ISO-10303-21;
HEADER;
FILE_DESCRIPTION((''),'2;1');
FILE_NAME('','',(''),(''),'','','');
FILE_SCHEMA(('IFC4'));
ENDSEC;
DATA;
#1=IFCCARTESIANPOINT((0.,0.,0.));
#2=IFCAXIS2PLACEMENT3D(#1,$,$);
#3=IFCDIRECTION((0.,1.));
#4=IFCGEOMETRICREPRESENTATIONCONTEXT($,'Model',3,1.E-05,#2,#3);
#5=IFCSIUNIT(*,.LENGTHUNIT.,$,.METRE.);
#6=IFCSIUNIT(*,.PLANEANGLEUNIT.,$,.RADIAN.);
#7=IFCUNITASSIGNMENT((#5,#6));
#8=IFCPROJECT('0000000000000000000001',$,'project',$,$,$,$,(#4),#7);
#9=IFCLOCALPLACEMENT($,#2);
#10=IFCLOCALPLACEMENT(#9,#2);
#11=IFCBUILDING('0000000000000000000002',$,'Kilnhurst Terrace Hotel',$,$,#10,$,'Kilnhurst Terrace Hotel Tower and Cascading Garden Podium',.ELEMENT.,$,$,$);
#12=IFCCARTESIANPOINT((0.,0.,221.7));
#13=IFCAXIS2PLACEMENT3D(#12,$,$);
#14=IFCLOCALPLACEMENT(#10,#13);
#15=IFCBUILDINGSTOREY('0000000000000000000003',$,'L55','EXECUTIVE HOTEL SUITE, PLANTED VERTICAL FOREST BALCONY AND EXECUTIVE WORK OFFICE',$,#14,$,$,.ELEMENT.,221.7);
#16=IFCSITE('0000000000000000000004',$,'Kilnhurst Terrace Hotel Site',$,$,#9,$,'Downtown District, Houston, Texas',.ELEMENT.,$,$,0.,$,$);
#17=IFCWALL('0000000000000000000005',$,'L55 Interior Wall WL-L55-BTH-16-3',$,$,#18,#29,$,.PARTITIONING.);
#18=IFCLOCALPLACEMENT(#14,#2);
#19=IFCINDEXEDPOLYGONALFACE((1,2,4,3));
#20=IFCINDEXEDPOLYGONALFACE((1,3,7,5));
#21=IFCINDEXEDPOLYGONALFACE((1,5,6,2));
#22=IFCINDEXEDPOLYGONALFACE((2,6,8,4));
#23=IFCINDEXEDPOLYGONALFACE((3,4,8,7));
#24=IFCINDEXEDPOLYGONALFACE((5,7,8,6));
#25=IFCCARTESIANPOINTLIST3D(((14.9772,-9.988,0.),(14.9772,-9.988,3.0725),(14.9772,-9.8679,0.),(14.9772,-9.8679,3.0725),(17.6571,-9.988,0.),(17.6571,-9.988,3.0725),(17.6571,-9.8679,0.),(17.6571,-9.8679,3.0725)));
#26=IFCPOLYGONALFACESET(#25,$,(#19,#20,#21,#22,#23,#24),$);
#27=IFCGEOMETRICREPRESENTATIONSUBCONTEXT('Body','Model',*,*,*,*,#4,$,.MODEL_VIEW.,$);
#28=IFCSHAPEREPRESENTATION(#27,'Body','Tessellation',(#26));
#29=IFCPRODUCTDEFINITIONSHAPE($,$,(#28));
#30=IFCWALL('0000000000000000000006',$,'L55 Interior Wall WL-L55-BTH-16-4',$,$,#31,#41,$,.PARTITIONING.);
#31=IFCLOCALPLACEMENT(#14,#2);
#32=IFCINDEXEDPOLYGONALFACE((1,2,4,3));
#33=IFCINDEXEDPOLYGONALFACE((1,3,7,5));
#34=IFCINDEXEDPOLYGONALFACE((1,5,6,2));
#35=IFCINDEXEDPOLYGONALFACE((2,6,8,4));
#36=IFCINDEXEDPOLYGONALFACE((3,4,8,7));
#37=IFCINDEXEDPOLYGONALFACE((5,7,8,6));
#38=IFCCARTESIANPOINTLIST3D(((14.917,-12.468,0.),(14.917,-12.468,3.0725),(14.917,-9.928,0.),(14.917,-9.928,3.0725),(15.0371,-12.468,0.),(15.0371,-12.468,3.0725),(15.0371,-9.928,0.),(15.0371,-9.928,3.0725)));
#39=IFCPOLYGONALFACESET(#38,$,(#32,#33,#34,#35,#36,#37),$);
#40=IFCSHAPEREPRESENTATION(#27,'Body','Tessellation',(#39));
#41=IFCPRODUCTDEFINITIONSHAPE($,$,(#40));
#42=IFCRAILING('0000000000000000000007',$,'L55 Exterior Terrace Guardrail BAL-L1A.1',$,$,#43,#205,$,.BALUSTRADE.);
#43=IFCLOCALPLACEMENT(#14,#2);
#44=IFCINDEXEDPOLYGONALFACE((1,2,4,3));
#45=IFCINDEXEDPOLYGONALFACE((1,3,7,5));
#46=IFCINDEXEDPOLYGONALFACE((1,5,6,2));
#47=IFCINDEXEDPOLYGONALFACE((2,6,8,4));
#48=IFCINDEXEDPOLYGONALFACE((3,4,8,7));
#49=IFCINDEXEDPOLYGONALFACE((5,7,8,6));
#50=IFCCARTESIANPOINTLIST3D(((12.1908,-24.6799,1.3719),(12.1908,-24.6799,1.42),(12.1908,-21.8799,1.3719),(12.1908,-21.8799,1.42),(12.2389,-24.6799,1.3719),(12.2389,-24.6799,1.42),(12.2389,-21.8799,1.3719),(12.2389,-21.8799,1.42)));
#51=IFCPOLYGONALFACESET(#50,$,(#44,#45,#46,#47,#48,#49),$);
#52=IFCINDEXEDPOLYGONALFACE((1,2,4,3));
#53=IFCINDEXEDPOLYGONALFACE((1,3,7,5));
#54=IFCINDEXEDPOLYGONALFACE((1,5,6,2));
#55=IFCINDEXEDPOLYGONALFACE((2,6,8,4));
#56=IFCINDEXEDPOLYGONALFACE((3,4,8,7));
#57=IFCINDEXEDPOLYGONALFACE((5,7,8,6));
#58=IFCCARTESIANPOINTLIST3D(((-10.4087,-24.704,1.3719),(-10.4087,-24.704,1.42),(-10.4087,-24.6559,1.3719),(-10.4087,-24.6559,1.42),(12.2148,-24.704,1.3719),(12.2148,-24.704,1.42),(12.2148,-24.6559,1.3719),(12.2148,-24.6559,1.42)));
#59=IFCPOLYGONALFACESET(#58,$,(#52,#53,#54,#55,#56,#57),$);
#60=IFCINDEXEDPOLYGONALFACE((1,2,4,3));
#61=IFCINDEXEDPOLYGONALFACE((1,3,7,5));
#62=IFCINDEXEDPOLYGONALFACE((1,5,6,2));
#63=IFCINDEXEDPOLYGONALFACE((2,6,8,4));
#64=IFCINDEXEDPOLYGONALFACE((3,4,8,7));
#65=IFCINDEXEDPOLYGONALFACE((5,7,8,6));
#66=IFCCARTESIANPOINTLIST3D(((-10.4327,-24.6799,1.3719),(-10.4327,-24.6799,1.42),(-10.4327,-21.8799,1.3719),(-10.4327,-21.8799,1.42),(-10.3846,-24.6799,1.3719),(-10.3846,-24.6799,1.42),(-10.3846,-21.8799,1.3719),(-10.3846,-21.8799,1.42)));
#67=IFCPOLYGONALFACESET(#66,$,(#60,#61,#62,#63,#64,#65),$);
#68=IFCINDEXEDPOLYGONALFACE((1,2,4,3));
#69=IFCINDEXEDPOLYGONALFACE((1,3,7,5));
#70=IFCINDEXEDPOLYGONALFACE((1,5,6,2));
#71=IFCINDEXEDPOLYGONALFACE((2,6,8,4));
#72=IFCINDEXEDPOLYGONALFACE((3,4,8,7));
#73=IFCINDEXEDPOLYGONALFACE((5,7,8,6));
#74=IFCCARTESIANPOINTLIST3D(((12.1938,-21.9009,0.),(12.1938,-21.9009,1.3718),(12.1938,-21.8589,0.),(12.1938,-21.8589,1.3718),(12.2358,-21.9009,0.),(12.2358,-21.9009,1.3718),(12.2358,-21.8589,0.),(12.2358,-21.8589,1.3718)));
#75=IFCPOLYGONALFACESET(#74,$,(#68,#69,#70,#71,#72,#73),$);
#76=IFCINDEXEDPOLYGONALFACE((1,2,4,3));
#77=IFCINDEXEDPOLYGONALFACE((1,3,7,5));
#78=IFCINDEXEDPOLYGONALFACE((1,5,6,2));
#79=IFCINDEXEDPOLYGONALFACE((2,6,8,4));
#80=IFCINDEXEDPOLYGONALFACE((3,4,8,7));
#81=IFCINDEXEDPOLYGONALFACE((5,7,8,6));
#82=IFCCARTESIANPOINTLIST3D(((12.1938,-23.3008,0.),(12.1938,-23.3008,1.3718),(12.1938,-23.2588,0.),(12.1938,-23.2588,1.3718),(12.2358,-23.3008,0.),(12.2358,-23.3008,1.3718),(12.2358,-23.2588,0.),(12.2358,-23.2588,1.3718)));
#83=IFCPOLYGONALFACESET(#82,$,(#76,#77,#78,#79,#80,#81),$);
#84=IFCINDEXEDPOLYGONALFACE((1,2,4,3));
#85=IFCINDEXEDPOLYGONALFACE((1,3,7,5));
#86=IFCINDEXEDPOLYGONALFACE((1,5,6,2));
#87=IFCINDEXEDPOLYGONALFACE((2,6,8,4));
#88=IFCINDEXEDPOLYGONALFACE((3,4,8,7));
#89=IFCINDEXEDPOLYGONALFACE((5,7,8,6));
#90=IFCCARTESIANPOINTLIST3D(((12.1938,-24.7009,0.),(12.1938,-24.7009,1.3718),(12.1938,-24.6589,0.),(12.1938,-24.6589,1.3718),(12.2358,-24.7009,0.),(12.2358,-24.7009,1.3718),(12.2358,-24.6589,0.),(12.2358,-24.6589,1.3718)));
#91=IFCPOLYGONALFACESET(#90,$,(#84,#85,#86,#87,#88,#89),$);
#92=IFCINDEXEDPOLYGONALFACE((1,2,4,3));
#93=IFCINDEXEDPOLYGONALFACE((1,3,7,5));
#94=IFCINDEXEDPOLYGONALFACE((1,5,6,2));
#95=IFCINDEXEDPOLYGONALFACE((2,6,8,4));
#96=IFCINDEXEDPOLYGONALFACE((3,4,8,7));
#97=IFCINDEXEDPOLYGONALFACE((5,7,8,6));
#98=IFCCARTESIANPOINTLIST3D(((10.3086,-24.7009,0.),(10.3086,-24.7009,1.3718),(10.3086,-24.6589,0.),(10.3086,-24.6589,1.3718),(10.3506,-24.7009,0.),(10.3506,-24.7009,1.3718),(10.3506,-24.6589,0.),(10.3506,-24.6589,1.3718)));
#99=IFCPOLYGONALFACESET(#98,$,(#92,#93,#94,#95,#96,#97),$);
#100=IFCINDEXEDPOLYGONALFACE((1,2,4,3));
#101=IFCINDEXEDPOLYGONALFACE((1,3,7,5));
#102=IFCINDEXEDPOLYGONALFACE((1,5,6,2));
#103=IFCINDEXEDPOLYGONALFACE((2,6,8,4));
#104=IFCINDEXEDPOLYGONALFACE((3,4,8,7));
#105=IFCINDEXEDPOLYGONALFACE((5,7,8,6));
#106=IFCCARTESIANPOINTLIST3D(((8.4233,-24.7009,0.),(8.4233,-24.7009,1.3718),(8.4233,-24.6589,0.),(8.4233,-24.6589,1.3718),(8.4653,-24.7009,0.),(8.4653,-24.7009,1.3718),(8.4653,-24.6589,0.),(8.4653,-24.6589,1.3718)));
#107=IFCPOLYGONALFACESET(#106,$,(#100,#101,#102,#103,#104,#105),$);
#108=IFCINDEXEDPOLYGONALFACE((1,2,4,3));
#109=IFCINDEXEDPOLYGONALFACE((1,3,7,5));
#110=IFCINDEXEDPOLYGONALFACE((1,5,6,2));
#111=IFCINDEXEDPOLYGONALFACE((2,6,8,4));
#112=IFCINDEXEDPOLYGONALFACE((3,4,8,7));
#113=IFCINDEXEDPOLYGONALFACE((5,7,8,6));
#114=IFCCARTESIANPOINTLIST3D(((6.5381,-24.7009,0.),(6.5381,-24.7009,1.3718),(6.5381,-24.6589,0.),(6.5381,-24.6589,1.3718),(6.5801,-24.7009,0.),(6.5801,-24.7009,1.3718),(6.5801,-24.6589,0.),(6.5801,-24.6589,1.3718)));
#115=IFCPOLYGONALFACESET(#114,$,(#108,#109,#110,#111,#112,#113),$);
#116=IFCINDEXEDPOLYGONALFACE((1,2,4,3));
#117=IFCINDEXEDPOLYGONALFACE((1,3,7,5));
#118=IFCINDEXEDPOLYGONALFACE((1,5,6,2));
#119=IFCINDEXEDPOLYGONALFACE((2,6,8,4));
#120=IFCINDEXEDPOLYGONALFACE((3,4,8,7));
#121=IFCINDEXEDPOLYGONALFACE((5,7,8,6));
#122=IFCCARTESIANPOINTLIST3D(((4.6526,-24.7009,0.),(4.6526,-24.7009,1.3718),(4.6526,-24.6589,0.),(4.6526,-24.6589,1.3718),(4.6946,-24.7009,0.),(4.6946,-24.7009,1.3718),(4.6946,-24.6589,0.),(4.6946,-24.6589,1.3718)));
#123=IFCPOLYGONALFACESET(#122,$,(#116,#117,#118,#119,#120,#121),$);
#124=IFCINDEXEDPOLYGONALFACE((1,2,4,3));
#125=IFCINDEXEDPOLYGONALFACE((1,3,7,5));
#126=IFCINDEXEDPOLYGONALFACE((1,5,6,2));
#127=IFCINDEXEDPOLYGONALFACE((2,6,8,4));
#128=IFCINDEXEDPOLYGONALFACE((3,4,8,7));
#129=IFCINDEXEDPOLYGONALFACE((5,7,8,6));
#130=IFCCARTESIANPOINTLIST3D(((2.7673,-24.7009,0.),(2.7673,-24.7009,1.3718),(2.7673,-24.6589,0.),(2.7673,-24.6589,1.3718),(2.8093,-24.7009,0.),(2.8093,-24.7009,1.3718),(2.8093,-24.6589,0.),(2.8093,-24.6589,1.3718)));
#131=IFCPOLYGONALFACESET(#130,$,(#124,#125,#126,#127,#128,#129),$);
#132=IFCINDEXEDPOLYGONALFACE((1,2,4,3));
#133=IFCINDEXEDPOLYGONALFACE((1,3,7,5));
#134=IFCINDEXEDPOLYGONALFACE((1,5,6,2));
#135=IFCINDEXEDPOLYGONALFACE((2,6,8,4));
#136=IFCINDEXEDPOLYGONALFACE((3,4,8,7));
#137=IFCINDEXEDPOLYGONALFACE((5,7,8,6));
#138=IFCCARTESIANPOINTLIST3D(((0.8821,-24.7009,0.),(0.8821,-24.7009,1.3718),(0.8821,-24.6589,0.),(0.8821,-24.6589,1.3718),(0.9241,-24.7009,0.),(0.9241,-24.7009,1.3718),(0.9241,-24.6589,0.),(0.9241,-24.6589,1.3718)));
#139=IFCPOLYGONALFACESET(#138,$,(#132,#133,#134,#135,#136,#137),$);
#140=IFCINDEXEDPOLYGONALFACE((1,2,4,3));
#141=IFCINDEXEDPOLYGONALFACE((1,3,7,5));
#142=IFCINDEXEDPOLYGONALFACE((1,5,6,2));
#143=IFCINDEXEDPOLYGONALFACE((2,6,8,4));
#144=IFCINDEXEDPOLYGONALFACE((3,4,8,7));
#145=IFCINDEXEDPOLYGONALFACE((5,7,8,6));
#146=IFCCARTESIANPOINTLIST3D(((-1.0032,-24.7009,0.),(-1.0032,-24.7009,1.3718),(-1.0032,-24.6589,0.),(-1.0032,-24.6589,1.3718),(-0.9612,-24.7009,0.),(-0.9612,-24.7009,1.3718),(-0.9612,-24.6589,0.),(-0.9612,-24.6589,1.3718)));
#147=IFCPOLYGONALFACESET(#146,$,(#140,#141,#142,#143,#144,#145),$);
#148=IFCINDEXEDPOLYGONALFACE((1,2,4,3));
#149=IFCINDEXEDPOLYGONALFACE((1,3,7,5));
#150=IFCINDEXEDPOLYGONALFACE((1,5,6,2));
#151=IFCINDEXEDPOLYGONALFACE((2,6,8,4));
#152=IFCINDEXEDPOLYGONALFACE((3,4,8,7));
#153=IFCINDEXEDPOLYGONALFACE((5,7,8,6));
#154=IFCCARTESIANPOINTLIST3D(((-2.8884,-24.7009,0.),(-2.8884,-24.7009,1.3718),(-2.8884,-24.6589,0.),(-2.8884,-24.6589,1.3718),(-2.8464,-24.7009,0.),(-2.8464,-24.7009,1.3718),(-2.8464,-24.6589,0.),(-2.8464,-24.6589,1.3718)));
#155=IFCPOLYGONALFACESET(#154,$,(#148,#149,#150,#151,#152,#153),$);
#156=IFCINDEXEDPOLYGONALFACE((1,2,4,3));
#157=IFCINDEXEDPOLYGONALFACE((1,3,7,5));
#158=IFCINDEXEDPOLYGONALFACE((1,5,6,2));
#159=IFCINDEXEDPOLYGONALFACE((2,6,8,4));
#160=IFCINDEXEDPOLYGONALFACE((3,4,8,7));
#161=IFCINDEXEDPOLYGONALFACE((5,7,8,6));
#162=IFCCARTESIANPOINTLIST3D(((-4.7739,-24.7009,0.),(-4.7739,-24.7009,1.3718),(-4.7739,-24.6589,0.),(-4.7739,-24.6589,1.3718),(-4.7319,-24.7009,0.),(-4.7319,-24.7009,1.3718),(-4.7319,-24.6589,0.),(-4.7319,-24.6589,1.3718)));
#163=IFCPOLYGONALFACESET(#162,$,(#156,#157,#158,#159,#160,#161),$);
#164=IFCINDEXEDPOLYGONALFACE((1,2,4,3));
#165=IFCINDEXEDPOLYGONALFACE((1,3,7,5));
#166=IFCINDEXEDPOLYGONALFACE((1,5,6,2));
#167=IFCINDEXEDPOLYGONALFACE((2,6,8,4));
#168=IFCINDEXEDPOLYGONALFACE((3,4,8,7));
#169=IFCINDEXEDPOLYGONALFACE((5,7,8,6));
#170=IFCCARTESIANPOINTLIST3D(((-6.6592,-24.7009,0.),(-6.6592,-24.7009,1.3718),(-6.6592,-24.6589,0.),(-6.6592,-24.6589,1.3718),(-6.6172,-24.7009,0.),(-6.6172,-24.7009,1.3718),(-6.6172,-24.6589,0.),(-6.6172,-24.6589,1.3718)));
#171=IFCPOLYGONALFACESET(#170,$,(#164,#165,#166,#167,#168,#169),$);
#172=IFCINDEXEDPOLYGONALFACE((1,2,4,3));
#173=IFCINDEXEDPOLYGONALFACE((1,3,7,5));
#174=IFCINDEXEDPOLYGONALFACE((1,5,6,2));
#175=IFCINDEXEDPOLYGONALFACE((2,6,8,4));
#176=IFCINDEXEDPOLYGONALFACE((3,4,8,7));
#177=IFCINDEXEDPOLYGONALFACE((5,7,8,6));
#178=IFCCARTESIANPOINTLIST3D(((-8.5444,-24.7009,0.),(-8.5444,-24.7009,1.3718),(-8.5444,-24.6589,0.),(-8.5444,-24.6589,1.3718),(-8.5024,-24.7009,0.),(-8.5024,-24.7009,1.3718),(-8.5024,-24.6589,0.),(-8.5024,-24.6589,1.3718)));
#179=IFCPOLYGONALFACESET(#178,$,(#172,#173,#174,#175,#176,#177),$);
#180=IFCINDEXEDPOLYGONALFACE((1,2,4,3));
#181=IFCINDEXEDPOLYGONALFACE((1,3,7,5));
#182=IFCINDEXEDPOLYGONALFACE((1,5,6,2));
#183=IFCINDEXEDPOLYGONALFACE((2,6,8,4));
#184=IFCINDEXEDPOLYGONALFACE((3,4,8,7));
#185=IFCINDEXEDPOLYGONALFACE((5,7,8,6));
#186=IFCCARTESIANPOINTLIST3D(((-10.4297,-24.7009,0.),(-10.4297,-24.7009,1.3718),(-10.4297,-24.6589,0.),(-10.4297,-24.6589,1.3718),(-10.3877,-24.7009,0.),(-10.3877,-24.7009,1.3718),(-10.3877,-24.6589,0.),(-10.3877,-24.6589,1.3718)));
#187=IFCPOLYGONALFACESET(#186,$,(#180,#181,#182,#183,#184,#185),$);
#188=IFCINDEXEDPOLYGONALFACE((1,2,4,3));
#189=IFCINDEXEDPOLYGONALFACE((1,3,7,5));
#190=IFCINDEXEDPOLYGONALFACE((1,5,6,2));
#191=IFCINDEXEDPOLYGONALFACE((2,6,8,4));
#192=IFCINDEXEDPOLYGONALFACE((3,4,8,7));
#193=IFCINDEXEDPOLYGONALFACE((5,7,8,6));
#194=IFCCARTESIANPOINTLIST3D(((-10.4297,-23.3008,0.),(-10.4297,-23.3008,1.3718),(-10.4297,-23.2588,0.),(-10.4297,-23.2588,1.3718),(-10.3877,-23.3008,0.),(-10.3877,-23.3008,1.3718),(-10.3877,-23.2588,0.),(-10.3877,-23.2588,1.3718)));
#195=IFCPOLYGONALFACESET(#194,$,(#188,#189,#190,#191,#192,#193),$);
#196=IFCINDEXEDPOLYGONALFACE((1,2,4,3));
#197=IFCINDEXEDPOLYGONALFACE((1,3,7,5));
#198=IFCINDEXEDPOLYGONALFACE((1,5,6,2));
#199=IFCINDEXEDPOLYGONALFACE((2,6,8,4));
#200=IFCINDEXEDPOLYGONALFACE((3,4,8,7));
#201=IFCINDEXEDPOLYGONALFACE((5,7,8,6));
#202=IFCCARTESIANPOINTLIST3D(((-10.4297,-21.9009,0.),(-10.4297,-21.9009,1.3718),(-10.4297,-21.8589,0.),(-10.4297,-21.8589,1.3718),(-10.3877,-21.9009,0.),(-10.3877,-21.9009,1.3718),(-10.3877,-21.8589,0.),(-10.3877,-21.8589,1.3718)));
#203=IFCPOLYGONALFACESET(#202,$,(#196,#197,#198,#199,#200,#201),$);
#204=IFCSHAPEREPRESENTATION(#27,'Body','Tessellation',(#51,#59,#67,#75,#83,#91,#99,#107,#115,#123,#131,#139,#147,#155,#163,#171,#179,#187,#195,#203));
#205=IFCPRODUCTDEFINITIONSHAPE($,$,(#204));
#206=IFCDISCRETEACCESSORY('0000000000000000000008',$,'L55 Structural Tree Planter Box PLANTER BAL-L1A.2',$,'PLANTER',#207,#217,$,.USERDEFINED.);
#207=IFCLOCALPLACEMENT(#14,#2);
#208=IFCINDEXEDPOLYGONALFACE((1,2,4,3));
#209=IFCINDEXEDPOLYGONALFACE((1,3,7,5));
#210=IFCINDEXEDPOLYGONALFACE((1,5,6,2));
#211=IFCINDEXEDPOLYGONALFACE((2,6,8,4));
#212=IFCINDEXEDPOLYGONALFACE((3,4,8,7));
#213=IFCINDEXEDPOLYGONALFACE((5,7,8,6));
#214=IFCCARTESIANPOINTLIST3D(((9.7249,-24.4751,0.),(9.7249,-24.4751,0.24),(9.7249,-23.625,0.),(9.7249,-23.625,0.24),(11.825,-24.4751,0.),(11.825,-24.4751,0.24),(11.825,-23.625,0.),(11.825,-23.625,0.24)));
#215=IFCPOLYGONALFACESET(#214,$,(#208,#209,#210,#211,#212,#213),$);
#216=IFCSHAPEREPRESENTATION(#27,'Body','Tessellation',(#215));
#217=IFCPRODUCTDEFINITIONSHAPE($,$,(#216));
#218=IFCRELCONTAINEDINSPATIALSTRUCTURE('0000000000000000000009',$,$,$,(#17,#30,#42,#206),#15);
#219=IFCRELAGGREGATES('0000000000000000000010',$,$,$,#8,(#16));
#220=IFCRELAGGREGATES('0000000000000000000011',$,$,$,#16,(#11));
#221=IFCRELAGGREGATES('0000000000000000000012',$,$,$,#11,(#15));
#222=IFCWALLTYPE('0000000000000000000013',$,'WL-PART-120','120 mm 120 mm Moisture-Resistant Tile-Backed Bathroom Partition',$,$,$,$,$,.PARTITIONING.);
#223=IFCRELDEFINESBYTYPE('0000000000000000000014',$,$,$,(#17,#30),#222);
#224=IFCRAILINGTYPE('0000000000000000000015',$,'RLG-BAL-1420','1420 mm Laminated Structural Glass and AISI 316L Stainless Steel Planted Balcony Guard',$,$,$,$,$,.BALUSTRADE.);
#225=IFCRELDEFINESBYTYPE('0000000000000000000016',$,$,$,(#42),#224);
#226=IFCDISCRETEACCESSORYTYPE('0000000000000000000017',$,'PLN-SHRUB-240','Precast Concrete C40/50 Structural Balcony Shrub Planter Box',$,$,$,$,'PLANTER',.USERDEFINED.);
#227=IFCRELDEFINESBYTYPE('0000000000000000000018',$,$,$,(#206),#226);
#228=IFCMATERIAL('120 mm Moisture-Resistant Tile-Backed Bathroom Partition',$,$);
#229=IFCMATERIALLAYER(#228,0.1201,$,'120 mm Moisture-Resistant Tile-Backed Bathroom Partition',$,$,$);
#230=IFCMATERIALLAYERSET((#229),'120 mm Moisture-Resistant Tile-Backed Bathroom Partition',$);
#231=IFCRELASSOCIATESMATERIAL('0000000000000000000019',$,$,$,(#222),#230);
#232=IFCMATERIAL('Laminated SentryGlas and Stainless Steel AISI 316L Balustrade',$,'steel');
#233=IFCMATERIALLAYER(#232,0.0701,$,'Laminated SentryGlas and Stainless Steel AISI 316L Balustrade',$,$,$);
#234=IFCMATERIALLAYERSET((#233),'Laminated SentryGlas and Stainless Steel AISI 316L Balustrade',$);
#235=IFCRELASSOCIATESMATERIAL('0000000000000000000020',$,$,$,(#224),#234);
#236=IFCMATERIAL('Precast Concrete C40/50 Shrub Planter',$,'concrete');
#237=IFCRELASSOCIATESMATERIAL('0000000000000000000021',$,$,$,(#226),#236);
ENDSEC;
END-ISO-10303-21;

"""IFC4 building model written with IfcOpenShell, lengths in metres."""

from ifc_helpers import new_model, si_unit, direction, frame, frame_2d, origin, origin_2d, place, context, subcontext, project, spatial, rectangle, extrude, material, layer, layer_set, type_object, element, save


model = new_model("IFC4")

# Units and contexts
model_context = context("Model", 3, precision=1e-05, world=origin(), true_north=direction((0.0, 1.0)))
body_context = subcontext(model_context, "Body", "Model", "MODEL_VIEW")
ifc_project = project(units=[si_unit("LENGTHUNIT", "METRE"), si_unit("PLANEANGLEUNIT", "RADIAN")], contexts=[model_context])

# Site, building, storey
site_placement = place(None, origin())
site = spatial("IfcSite", under=ifc_project, at=site_placement, Name="Kilnhurst Terrace Hotel Site", LongName="Downtown District, Houston, Texas", CompositionType="ELEMENT", RefElevation=0.0)
building_placement = place(site_placement, origin())
building = spatial("IfcBuilding", under=site, at=building_placement, Name="Kilnhurst Terrace Hotel", LongName="Kilnhurst Terrace Hotel Tower and Cascading Garden Podium", CompositionType="ELEMENT")
storey_placement = place(building_placement, frame((0.0, 0.0, 221.7)))
storey = spatial("IfcBuildingStorey", under=building, at=storey_placement, Name="L55", Description="EXECUTIVE HOTEL SUITE, PLANTED VERTICAL FOREST BALCONY AND EXECUTIVE WORK OFFICE", CompositionType="ELEMENT", Elevation=221.7)

# Shared definitions
ifc_material_1 = material(Name="120 mm Moisture-Resistant Tile-Backed Bathroom Partition")
ifc_layer_1 = layer(ifc_material_1, 0.1201, Name="120 mm Moisture-Resistant Tile-Backed Bathroom Partition")
ifc_layer_set_1 = layer_set([ifc_layer_1], Name="120 mm Moisture-Resistant Tile-Backed Bathroom Partition")
wall_type_1 = type_object("IfcWallType", Name="WL-PART-120", Description="120 mm 120 mm Moisture-Resistant Tile-Backed Bathroom Partition", PredefinedType="PARTITIONING", material=ifc_layer_set_1)

# Walls
wall_1_placement = place(storey_placement, frame((17.657, -9.928, 0.0), z_axis=(0.0, 0.0, 1.0), x_axis=(-1.0, 0.0, 0.0)))
element("IfcWall", 1, at=wall_1_placement, inside=storey, type_object=wall_type_1, Name="L55 Interior Wall WL-L55-BTH-16-3", PredefinedType="PARTITIONING", context=body_context, shape_type="SweptSolid", body=[
    extrude(rectangle(XDim=2.6799, YDim=0.1201, at=frame_2d((1.3398, 0.0))), origin(), (0.0, 0.0, 1.0), 3.0725),
])
wall_2_placement = place(storey_placement, frame((14.9771, -9.928, 0.0), z_axis=(0.0, 0.0, 1.0), x_axis=(0.0, -1.0, 0.0)))
element("IfcWall", 2, at=wall_2_placement, inside=storey, type_object=wall_type_1, Name="L55 Interior Wall WL-L55-BTH-16-4", PredefinedType="PARTITIONING", context=body_context, shape_type="SweptSolid", body=[
    extrude(rectangle(XDim=2.54, YDim=0.1201, at=frame_2d((1.27, 0.0))), origin(), (0.0, 0.0, 1.0), 3.0725),
])

# Railing
ifc_material_2 = material(Name="Laminated SentryGlas and Stainless Steel AISI 316L Balustrade", Category="steel")
ifc_layer_2 = layer(ifc_material_2, 0.0701, Name="Laminated SentryGlas and Stainless Steel AISI 316L Balustrade")
ifc_layer_set_2 = layer_set([ifc_layer_2], Name="Laminated SentryGlas and Stainless Steel AISI 316L Balustrade")
railing_type = type_object("IfcRailingType", Name="RLG-BAL-1420", Description="1420 mm Laminated Structural Glass and AISI 316L Stainless Steel Planted Balcony Guard", PredefinedType="BALUSTRADE", material=ifc_layer_set_2)
railing_placement = place(storey_placement, frame((12.2148, -21.8799, 0.0)))
element("IfcRailing", 3, at=railing_placement, inside=storey, type_object=railing_type, Name="L55 Exterior Terrace Guardrail BAL-L1A.1", PredefinedType="BALUSTRADE", context=body_context, shape_type="SweptSolid", body=[
    extrude(rectangle(XDim=0.0481, YDim=0.0481, at=origin_2d()), frame((0.0, 0.0, 1.396), z_axis=(0.0, -1.0, 0.0), x_axis=(1.0, 0.0, 0.0)), (0.0, 0.0, 1.0), 2.8),
    extrude(rectangle(XDim=0.0481, YDim=0.0481, at=origin_2d()), frame((0.0, -2.8, 1.396), z_axis=(-1.0, 0.0, 0.0), x_axis=(0.0, -1.0, 0.0)), (0.0, 0.0, 1.0), 22.6235),
    extrude(rectangle(XDim=0.0481, YDim=0.0481, at=origin_2d()), frame((-22.6235, -2.8, 1.396), z_axis=(0.0, 1.0, 0.0), x_axis=(-1.0, 0.0, 0.0)), (0.0, 0.0, 1.0), 2.8),
    extrude(rectangle(XDim=0.042, YDim=0.042, at=origin_2d()), origin(), (0.0, 0.0, 1.0), 1.3718),
    extrude(rectangle(XDim=0.042, YDim=0.042, at=origin_2d()), frame((0.0, -1.3999, 0.0)), (0.0, 0.0, 1.0), 1.3718),
    extrude(rectangle(XDim=0.042, YDim=0.042, at=origin_2d()), frame((0.0, -2.8, 0.0)), (0.0, 0.0, 1.0), 1.3718),
    extrude(rectangle(XDim=0.042, YDim=0.042, at=origin_2d()), frame((-1.8853, -2.8, 0.0)), (0.0, 0.0, 1.0), 1.3718),
    extrude(rectangle(XDim=0.042, YDim=0.042, at=origin_2d()), frame((-3.7705, -2.8, 0.0)), (0.0, 0.0, 1.0), 1.3718),
    extrude(rectangle(XDim=0.042, YDim=0.042, at=origin_2d()), frame((-5.6558, -2.8, 0.0)), (0.0, 0.0, 1.0), 1.3718),
    extrude(rectangle(XDim=0.042, YDim=0.042, at=origin_2d()), frame((-7.5413, -2.8, 0.0)), (0.0, 0.0, 1.0), 1.3718),
    extrude(rectangle(XDim=0.042, YDim=0.042, at=origin_2d()), frame((-9.4265, -2.8, 0.0)), (0.0, 0.0, 1.0), 1.3718),
    extrude(rectangle(XDim=0.042, YDim=0.042, at=origin_2d()), frame((-11.3118, -2.8, 0.0)), (0.0, 0.0, 1.0), 1.3718),
    extrude(rectangle(XDim=0.042, YDim=0.042, at=origin_2d()), frame((-13.197, -2.8, 0.0)), (0.0, 0.0, 1.0), 1.3718),
    extrude(rectangle(XDim=0.042, YDim=0.042, at=origin_2d()), frame((-15.0823, -2.8, 0.0)), (0.0, 0.0, 1.0), 1.3718),
    extrude(rectangle(XDim=0.042, YDim=0.042, at=origin_2d()), frame((-16.9678, -2.8, 0.0)), (0.0, 0.0, 1.0), 1.3718),
    extrude(rectangle(XDim=0.042, YDim=0.042, at=origin_2d()), frame((-18.853, -2.8, 0.0)), (0.0, 0.0, 1.0), 1.3718),
    extrude(rectangle(XDim=0.042, YDim=0.042, at=origin_2d()), frame((-20.7383, -2.8, 0.0)), (0.0, 0.0, 1.0), 1.3718),
    extrude(rectangle(XDim=0.042, YDim=0.042, at=origin_2d()), frame((-22.6235, -2.8, 0.0)), (0.0, 0.0, 1.0), 1.3718),
    extrude(rectangle(XDim=0.042, YDim=0.042, at=origin_2d()), frame((-22.6235, -1.3999, 0.0)), (0.0, 0.0, 1.0), 1.3718),
    extrude(rectangle(XDim=0.042, YDim=0.042, at=origin_2d()), frame((-22.6235, 0.0, 0.0)), (0.0, 0.0, 1.0), 1.3718),
])

# Discrete accessory
ifc_material_3 = material(Name="Precast Concrete C40/50 Shrub Planter", Category="concrete")
discrete_accessory_type_1 = type_object("IfcDiscreteAccessoryType", Name="PLN-SHRUB-240", Description="Precast Concrete C40/50 Structural Balcony Shrub Planter Box", ElementType="PLANTER", PredefinedType="USERDEFINED", material=ifc_material_3)
discrete_accessory_1_placement = place(storey_placement, frame((10.7749, -24.05, 0.0), z_axis=(0.0, 0.0, 1.0), x_axis=(1.0, 0.0, 0.0)))
element("IfcDiscreteAccessory", 4, at=discrete_accessory_1_placement, inside=storey, type_object=discrete_accessory_type_1, Name="L55 Structural Tree Planter Box PLANTER BAL-L1A.2", ObjectType="PLANTER", PredefinedType="USERDEFINED", context=body_context, shape_type="SweptSolid", body=[
    extrude(rectangle(XDim=2.1001, YDim=0.8501, at=origin_2d()), origin(), (0.0, 0.0, 1.0), 0.24),
])

save(model, "model.ifc")
